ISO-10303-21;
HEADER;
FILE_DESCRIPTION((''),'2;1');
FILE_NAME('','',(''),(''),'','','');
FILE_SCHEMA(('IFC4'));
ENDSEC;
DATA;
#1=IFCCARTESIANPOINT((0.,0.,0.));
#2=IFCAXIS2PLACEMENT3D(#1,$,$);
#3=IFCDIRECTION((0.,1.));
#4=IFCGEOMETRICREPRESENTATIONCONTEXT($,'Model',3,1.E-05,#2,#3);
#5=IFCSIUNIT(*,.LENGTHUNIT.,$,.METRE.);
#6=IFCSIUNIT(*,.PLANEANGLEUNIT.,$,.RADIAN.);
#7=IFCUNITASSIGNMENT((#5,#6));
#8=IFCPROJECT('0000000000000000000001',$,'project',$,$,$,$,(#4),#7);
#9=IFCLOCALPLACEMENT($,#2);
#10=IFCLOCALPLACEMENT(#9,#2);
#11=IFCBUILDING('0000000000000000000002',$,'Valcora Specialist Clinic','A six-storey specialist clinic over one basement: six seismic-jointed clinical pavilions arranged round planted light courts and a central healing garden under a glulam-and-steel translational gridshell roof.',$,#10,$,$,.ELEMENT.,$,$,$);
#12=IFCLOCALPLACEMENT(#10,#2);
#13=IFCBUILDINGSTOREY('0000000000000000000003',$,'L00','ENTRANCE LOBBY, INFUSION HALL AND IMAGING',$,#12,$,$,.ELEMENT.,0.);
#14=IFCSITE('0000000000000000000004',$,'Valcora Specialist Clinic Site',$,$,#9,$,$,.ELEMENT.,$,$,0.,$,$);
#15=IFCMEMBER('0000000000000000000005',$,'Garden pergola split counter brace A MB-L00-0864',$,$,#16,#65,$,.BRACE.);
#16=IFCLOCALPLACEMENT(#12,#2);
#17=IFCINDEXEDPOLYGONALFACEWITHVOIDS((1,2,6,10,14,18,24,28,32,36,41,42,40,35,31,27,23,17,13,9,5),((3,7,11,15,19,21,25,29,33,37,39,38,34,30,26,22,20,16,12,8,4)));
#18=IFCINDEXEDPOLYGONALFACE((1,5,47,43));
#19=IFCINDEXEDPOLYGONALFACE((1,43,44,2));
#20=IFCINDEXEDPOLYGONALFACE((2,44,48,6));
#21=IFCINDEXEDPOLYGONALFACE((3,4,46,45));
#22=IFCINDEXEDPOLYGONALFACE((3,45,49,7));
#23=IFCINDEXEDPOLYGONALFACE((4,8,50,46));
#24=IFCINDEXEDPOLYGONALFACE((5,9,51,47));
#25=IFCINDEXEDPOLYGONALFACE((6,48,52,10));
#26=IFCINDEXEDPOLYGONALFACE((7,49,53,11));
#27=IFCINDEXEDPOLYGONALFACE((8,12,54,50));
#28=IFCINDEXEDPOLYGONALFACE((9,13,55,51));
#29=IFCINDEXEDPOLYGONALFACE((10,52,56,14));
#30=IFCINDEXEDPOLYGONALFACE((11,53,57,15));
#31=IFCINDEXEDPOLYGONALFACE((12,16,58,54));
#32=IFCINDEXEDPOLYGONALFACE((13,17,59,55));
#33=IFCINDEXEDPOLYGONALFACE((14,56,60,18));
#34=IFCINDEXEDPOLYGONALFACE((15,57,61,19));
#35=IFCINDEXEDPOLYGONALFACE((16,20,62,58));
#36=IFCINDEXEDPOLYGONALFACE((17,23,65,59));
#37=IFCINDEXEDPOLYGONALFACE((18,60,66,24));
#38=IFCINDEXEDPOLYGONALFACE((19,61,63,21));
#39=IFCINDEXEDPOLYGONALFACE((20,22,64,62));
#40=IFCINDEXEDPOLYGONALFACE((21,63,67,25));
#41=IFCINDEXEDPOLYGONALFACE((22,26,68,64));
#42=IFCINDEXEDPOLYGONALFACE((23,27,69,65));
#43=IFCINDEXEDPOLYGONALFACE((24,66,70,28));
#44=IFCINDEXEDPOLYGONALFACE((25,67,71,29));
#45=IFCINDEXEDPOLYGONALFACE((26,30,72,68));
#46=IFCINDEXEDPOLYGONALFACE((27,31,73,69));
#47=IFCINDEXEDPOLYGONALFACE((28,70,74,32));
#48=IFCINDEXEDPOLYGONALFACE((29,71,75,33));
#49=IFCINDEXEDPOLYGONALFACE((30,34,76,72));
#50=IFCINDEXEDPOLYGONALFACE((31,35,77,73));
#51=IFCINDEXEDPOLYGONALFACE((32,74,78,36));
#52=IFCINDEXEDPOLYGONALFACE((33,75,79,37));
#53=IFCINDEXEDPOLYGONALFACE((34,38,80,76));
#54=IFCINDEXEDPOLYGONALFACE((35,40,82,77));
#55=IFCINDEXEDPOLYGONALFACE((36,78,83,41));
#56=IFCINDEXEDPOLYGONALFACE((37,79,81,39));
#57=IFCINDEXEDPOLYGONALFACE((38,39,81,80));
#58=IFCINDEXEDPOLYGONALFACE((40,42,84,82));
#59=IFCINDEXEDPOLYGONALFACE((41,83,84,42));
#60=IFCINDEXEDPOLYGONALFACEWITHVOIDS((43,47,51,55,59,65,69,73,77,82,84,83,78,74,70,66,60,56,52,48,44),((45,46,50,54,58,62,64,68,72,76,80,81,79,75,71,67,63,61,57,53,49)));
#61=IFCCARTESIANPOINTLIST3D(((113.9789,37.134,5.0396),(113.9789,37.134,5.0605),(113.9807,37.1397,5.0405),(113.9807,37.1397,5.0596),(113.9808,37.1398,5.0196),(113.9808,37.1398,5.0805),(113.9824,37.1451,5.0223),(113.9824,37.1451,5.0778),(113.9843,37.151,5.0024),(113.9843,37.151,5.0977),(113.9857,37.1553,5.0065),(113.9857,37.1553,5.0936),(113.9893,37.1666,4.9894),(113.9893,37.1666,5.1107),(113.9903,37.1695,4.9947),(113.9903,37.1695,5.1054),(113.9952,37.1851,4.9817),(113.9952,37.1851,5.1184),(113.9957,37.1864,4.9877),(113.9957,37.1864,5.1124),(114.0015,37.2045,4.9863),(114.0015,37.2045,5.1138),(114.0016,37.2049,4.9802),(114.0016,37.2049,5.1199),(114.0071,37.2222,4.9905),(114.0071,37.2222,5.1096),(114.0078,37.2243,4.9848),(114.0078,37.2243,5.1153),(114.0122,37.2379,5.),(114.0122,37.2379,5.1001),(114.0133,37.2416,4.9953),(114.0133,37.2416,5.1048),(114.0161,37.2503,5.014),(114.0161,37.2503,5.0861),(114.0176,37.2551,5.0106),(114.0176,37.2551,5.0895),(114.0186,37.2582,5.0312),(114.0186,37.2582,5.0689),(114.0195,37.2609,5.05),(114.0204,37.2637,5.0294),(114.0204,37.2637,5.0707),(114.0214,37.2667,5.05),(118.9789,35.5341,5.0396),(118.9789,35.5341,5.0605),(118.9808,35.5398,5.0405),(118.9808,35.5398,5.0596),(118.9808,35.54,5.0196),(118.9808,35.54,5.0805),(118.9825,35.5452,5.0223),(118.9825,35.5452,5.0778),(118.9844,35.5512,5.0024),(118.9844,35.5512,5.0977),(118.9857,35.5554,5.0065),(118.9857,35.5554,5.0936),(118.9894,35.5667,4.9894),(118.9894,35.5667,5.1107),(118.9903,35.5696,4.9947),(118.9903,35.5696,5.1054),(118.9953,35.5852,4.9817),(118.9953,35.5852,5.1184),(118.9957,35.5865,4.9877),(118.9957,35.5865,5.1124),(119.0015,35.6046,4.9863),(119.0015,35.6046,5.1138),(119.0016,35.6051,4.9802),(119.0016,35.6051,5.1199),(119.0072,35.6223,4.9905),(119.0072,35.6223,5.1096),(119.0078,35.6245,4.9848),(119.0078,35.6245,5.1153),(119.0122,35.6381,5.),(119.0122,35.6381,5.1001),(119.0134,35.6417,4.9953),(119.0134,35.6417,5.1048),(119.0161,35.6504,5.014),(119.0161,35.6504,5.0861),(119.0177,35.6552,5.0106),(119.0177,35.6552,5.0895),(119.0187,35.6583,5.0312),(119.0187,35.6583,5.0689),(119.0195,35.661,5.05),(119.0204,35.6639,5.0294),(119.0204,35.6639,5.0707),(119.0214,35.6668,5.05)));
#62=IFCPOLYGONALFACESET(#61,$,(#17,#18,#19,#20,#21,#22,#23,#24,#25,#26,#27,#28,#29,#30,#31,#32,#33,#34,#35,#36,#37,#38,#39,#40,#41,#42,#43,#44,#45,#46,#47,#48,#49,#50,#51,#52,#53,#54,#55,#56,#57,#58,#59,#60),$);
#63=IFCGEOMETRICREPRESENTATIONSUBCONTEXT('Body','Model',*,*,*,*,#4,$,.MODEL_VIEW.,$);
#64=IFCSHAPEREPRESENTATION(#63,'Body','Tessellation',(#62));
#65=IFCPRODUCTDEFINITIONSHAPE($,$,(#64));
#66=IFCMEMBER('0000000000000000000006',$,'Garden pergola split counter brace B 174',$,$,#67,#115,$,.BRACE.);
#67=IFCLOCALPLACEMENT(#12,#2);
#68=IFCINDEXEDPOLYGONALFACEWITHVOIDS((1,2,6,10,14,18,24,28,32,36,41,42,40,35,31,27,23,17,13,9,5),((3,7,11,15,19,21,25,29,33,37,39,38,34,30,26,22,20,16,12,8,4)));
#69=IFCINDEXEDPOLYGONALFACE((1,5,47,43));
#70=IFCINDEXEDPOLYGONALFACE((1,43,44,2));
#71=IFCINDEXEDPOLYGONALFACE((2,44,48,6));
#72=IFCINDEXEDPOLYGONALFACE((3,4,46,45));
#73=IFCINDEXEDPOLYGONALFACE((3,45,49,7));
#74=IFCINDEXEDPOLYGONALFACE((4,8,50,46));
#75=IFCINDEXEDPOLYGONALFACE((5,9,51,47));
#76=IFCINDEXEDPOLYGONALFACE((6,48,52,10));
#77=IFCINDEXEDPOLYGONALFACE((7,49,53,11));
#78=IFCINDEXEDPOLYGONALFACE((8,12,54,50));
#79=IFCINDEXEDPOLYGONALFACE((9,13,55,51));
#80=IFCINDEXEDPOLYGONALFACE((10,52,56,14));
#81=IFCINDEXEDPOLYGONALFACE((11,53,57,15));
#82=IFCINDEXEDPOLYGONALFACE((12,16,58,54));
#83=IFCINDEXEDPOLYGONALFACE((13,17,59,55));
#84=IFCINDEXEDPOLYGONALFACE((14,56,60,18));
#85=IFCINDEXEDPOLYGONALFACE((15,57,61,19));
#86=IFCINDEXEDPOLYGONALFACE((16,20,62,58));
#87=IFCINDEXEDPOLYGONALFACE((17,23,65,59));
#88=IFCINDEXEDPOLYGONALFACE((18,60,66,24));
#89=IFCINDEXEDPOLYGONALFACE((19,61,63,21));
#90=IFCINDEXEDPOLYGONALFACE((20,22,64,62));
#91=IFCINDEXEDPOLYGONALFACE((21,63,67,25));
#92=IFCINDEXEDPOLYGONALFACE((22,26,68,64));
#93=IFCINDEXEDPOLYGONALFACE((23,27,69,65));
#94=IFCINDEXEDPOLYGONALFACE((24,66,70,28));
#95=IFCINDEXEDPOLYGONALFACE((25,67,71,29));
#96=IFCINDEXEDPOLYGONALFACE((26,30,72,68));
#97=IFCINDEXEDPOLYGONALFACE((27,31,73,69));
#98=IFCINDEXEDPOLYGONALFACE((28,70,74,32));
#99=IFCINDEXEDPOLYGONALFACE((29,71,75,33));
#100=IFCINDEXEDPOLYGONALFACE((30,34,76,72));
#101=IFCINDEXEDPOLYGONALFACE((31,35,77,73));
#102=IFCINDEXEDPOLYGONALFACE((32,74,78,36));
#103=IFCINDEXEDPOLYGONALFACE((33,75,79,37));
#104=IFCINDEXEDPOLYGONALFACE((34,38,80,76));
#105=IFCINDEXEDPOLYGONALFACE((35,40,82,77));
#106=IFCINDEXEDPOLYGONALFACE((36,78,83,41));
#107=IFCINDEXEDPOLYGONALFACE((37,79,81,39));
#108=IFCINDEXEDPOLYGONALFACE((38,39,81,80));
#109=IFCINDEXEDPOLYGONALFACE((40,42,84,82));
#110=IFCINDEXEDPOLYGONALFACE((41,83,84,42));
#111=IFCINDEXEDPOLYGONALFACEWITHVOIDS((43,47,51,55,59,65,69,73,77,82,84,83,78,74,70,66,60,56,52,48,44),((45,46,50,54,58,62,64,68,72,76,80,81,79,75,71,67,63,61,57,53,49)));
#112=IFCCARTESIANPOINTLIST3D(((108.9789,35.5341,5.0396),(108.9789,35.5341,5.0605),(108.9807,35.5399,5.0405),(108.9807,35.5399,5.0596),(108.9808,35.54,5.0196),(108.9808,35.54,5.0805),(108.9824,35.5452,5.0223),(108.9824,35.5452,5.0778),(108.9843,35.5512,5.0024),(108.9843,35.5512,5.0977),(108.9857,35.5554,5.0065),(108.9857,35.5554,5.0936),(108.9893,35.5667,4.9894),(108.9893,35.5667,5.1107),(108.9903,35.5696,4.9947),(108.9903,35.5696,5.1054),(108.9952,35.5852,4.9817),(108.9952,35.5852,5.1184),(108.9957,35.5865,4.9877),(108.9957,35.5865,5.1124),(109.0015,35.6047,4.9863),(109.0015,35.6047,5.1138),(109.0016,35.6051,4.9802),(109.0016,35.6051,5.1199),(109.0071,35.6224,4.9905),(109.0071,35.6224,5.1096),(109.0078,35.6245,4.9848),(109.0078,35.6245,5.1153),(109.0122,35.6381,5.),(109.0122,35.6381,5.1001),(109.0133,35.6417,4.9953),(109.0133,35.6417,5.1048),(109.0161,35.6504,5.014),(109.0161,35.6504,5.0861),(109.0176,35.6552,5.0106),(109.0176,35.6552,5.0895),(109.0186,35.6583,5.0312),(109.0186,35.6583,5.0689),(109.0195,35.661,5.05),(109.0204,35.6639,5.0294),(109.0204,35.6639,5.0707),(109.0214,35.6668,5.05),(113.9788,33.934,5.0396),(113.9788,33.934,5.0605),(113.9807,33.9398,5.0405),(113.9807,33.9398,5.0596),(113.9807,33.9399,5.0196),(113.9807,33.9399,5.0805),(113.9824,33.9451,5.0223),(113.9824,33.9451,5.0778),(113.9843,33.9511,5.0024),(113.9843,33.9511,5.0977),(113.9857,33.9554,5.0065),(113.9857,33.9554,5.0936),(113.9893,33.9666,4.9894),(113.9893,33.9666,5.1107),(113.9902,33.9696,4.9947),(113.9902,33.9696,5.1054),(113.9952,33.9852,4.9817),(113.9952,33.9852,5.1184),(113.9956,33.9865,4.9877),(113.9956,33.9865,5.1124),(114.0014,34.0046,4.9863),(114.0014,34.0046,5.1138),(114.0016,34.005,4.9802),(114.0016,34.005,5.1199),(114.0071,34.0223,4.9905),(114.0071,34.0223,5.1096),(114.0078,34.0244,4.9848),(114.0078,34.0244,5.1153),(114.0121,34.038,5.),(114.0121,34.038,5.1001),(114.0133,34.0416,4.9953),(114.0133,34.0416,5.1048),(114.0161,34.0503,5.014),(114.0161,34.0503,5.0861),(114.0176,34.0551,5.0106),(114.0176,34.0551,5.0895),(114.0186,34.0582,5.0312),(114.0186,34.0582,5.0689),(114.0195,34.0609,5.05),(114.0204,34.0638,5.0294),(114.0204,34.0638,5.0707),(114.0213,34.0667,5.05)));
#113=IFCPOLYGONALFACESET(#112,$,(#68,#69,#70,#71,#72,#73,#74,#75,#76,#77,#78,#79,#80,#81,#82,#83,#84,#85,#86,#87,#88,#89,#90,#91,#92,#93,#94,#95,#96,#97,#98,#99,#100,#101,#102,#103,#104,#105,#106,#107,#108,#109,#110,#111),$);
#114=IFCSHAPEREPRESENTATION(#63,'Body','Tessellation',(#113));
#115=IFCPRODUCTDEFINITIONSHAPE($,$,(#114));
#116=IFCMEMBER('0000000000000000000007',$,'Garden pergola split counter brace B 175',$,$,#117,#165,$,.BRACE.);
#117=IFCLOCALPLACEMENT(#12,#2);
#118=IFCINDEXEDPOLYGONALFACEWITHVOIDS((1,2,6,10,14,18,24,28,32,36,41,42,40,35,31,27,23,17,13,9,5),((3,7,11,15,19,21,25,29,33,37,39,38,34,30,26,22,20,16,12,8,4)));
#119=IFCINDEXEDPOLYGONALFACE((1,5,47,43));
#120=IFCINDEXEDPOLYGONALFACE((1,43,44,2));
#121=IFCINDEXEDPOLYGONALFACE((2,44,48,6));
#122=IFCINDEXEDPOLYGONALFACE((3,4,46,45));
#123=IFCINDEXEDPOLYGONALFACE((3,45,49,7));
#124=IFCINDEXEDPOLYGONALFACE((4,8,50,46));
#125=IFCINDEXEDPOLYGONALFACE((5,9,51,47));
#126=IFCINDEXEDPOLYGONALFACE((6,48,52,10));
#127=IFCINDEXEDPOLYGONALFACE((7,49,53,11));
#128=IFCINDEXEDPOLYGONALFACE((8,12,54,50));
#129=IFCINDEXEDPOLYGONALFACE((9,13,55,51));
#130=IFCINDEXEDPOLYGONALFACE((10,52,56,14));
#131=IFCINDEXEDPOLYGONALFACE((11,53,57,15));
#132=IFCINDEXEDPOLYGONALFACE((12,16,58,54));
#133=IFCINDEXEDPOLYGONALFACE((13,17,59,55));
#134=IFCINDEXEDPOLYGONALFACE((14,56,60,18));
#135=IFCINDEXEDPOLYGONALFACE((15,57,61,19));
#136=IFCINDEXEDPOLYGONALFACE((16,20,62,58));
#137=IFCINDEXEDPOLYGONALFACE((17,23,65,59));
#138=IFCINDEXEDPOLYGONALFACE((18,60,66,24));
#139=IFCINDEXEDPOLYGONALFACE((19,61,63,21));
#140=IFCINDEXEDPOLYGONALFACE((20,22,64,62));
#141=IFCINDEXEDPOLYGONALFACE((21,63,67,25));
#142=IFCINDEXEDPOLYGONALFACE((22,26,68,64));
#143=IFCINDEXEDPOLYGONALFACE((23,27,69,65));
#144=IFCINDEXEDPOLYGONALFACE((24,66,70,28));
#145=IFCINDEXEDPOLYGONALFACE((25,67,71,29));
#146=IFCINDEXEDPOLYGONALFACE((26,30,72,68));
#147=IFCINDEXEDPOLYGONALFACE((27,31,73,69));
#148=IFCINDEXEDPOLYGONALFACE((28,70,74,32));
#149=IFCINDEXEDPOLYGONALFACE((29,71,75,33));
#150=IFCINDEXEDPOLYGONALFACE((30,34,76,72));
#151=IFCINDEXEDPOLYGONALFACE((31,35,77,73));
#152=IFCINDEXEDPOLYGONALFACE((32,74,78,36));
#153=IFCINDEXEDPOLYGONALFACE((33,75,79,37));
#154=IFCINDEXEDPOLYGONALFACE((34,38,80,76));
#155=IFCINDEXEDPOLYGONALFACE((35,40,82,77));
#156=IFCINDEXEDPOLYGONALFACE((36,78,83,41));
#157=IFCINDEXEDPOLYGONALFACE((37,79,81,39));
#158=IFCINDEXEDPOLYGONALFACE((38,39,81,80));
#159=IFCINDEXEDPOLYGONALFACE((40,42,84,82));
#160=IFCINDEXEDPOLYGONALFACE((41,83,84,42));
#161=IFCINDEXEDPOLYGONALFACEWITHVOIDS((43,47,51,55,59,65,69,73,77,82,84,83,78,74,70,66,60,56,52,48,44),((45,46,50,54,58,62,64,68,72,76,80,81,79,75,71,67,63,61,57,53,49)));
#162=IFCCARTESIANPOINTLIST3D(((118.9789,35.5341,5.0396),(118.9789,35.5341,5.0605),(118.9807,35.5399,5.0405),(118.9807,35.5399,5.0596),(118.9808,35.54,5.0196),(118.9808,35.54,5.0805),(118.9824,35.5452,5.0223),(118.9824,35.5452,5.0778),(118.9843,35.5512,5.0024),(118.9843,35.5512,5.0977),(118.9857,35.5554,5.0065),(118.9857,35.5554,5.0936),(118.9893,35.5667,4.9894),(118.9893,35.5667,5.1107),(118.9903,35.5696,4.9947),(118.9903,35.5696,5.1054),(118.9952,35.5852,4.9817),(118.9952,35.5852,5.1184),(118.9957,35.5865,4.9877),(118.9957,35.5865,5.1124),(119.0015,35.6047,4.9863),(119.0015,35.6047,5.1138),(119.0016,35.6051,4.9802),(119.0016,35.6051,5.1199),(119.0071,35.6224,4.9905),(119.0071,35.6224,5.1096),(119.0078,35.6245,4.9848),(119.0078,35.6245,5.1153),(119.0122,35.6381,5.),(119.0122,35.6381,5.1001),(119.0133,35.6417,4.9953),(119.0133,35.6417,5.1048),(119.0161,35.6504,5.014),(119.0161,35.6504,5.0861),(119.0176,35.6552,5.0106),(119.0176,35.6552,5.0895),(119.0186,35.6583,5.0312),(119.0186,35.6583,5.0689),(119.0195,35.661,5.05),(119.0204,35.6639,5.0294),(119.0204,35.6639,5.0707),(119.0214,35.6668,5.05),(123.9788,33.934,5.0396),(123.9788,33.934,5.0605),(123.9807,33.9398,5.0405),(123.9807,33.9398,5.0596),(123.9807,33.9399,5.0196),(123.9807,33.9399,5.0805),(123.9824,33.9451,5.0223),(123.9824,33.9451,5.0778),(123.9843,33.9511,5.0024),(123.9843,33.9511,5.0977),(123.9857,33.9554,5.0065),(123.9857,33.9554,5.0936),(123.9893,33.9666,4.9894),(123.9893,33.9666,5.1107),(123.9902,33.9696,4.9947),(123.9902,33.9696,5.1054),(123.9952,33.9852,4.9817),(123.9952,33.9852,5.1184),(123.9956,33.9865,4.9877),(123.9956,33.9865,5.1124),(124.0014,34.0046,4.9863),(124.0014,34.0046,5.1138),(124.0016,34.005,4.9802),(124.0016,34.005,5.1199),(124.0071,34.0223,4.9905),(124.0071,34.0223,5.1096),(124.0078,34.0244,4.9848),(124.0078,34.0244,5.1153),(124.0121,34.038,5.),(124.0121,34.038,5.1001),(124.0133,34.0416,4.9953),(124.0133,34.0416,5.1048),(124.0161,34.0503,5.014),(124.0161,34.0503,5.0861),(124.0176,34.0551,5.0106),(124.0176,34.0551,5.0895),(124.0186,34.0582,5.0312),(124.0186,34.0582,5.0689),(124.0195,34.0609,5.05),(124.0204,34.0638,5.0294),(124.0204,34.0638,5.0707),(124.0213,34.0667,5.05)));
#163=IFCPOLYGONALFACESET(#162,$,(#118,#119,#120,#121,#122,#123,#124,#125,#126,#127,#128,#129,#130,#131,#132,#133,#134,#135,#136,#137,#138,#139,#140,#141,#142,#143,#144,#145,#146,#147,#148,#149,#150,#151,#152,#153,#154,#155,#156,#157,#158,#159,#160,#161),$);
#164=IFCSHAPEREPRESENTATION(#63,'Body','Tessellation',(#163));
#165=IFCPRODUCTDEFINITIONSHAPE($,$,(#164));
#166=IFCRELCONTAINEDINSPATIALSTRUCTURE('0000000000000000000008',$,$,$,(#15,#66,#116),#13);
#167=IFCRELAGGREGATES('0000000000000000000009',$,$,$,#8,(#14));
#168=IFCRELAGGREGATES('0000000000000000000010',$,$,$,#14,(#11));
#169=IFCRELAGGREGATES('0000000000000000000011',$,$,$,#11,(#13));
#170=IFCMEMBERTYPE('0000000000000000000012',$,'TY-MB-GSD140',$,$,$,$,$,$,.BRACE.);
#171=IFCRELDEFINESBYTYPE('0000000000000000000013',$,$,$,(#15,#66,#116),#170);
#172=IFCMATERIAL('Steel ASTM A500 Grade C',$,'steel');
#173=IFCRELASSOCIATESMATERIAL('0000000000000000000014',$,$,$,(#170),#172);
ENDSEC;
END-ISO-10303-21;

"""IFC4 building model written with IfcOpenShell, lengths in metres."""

from ifc_helpers import new_model, si_unit, direction, frame, origin, origin_2d, place, context, subcontext, project, spatial, hollow_circle, extrude, material, material_profile, profile_set, type_object, element, save


model = new_model("IFC4")

# Units and contexts
model_context = context("Model", 3, precision=1e-05, world=origin(), true_north=direction((0.0, 1.0)))
body_context = subcontext(model_context, "Body", "Model", "MODEL_VIEW")
ifc_project = project(units=[si_unit("LENGTHUNIT", "METRE"), si_unit("PLANEANGLEUNIT", "RADIAN")], contexts=[model_context])

# Site, building, storey
site_placement = place(None, origin())
site = spatial("IfcSite", under=ifc_project, at=site_placement, Name="Valcora Specialist Clinic Site", CompositionType="ELEMENT", RefElevation=0.0)
building_placement = place(site_placement, origin())
building = spatial("IfcBuilding", under=site, at=building_placement, Name="Valcora Specialist Clinic", Description="A six-storey specialist clinic over one basement: six seismic-jointed clinical pavilions arranged round planted light courts and a central healing garden under a glulam-and-steel translational gridshell roof.", CompositionType="ELEMENT")
storey_placement = place(building_placement, origin())
storey = spatial("IfcBuildingStorey", under=building, at=storey_placement, Name="L00", Description="ENTRANCE LOBBY, INFUSION HALL AND IMAGING", CompositionType="ELEMENT", Elevation=0.0)

# Members
ifc_material_1 = material(Name="Steel ASTM A500 Grade C", Category="steel")
ifc_material_profile_1 = material_profile(ifc_material_1, hollow_circle(Radius=0.0701, WallThickness=0.0061, at=origin_2d()), Name="ST-CHS-140X6")
ifc_profile_set_1 = profile_set([ifc_material_profile_1], Name="Steel ASTM A500 Grade C")
member_type_1 = type_object("IfcMemberType", Name="TY-MB-GSD140", PredefinedType="BRACE", material=ifc_profile_set_1)
for number, where, z_axis, x_axis, name in (
    (1, (114.0, 37.2, 5.05), (0.952432, -0.30475, 0.0), (0.30475, 0.952432, 0.0), "Garden pergola split counter brace A MB-L00-0864"),
    (2, (109.0, 35.6001, 5.05), (0.952419, -0.304793, 0.0), (0.304793, 0.952419, 0.0), "Garden pergola split counter brace B 174"),
    (3, (119.0, 35.6001, 5.05), (0.952419, -0.304793, 0.0), (0.304793, 0.952419, 0.0), "Garden pergola split counter brace B 175"),
):
    element("IfcMember", number, at=place(storey_placement, frame(where, z_axis=z_axis, x_axis=x_axis)), inside=storey, type_object=member_type_1, Name=name, PredefinedType="BRACE", context=body_context, shape_type="SweptSolid", body=[
        extrude(hollow_circle(Radius=0.0701, WallThickness=0.0061, at=origin_2d()), origin(), (0.0, 0.0, 1.0), 5.2498),
    ])

save(model, "model.ifc")
